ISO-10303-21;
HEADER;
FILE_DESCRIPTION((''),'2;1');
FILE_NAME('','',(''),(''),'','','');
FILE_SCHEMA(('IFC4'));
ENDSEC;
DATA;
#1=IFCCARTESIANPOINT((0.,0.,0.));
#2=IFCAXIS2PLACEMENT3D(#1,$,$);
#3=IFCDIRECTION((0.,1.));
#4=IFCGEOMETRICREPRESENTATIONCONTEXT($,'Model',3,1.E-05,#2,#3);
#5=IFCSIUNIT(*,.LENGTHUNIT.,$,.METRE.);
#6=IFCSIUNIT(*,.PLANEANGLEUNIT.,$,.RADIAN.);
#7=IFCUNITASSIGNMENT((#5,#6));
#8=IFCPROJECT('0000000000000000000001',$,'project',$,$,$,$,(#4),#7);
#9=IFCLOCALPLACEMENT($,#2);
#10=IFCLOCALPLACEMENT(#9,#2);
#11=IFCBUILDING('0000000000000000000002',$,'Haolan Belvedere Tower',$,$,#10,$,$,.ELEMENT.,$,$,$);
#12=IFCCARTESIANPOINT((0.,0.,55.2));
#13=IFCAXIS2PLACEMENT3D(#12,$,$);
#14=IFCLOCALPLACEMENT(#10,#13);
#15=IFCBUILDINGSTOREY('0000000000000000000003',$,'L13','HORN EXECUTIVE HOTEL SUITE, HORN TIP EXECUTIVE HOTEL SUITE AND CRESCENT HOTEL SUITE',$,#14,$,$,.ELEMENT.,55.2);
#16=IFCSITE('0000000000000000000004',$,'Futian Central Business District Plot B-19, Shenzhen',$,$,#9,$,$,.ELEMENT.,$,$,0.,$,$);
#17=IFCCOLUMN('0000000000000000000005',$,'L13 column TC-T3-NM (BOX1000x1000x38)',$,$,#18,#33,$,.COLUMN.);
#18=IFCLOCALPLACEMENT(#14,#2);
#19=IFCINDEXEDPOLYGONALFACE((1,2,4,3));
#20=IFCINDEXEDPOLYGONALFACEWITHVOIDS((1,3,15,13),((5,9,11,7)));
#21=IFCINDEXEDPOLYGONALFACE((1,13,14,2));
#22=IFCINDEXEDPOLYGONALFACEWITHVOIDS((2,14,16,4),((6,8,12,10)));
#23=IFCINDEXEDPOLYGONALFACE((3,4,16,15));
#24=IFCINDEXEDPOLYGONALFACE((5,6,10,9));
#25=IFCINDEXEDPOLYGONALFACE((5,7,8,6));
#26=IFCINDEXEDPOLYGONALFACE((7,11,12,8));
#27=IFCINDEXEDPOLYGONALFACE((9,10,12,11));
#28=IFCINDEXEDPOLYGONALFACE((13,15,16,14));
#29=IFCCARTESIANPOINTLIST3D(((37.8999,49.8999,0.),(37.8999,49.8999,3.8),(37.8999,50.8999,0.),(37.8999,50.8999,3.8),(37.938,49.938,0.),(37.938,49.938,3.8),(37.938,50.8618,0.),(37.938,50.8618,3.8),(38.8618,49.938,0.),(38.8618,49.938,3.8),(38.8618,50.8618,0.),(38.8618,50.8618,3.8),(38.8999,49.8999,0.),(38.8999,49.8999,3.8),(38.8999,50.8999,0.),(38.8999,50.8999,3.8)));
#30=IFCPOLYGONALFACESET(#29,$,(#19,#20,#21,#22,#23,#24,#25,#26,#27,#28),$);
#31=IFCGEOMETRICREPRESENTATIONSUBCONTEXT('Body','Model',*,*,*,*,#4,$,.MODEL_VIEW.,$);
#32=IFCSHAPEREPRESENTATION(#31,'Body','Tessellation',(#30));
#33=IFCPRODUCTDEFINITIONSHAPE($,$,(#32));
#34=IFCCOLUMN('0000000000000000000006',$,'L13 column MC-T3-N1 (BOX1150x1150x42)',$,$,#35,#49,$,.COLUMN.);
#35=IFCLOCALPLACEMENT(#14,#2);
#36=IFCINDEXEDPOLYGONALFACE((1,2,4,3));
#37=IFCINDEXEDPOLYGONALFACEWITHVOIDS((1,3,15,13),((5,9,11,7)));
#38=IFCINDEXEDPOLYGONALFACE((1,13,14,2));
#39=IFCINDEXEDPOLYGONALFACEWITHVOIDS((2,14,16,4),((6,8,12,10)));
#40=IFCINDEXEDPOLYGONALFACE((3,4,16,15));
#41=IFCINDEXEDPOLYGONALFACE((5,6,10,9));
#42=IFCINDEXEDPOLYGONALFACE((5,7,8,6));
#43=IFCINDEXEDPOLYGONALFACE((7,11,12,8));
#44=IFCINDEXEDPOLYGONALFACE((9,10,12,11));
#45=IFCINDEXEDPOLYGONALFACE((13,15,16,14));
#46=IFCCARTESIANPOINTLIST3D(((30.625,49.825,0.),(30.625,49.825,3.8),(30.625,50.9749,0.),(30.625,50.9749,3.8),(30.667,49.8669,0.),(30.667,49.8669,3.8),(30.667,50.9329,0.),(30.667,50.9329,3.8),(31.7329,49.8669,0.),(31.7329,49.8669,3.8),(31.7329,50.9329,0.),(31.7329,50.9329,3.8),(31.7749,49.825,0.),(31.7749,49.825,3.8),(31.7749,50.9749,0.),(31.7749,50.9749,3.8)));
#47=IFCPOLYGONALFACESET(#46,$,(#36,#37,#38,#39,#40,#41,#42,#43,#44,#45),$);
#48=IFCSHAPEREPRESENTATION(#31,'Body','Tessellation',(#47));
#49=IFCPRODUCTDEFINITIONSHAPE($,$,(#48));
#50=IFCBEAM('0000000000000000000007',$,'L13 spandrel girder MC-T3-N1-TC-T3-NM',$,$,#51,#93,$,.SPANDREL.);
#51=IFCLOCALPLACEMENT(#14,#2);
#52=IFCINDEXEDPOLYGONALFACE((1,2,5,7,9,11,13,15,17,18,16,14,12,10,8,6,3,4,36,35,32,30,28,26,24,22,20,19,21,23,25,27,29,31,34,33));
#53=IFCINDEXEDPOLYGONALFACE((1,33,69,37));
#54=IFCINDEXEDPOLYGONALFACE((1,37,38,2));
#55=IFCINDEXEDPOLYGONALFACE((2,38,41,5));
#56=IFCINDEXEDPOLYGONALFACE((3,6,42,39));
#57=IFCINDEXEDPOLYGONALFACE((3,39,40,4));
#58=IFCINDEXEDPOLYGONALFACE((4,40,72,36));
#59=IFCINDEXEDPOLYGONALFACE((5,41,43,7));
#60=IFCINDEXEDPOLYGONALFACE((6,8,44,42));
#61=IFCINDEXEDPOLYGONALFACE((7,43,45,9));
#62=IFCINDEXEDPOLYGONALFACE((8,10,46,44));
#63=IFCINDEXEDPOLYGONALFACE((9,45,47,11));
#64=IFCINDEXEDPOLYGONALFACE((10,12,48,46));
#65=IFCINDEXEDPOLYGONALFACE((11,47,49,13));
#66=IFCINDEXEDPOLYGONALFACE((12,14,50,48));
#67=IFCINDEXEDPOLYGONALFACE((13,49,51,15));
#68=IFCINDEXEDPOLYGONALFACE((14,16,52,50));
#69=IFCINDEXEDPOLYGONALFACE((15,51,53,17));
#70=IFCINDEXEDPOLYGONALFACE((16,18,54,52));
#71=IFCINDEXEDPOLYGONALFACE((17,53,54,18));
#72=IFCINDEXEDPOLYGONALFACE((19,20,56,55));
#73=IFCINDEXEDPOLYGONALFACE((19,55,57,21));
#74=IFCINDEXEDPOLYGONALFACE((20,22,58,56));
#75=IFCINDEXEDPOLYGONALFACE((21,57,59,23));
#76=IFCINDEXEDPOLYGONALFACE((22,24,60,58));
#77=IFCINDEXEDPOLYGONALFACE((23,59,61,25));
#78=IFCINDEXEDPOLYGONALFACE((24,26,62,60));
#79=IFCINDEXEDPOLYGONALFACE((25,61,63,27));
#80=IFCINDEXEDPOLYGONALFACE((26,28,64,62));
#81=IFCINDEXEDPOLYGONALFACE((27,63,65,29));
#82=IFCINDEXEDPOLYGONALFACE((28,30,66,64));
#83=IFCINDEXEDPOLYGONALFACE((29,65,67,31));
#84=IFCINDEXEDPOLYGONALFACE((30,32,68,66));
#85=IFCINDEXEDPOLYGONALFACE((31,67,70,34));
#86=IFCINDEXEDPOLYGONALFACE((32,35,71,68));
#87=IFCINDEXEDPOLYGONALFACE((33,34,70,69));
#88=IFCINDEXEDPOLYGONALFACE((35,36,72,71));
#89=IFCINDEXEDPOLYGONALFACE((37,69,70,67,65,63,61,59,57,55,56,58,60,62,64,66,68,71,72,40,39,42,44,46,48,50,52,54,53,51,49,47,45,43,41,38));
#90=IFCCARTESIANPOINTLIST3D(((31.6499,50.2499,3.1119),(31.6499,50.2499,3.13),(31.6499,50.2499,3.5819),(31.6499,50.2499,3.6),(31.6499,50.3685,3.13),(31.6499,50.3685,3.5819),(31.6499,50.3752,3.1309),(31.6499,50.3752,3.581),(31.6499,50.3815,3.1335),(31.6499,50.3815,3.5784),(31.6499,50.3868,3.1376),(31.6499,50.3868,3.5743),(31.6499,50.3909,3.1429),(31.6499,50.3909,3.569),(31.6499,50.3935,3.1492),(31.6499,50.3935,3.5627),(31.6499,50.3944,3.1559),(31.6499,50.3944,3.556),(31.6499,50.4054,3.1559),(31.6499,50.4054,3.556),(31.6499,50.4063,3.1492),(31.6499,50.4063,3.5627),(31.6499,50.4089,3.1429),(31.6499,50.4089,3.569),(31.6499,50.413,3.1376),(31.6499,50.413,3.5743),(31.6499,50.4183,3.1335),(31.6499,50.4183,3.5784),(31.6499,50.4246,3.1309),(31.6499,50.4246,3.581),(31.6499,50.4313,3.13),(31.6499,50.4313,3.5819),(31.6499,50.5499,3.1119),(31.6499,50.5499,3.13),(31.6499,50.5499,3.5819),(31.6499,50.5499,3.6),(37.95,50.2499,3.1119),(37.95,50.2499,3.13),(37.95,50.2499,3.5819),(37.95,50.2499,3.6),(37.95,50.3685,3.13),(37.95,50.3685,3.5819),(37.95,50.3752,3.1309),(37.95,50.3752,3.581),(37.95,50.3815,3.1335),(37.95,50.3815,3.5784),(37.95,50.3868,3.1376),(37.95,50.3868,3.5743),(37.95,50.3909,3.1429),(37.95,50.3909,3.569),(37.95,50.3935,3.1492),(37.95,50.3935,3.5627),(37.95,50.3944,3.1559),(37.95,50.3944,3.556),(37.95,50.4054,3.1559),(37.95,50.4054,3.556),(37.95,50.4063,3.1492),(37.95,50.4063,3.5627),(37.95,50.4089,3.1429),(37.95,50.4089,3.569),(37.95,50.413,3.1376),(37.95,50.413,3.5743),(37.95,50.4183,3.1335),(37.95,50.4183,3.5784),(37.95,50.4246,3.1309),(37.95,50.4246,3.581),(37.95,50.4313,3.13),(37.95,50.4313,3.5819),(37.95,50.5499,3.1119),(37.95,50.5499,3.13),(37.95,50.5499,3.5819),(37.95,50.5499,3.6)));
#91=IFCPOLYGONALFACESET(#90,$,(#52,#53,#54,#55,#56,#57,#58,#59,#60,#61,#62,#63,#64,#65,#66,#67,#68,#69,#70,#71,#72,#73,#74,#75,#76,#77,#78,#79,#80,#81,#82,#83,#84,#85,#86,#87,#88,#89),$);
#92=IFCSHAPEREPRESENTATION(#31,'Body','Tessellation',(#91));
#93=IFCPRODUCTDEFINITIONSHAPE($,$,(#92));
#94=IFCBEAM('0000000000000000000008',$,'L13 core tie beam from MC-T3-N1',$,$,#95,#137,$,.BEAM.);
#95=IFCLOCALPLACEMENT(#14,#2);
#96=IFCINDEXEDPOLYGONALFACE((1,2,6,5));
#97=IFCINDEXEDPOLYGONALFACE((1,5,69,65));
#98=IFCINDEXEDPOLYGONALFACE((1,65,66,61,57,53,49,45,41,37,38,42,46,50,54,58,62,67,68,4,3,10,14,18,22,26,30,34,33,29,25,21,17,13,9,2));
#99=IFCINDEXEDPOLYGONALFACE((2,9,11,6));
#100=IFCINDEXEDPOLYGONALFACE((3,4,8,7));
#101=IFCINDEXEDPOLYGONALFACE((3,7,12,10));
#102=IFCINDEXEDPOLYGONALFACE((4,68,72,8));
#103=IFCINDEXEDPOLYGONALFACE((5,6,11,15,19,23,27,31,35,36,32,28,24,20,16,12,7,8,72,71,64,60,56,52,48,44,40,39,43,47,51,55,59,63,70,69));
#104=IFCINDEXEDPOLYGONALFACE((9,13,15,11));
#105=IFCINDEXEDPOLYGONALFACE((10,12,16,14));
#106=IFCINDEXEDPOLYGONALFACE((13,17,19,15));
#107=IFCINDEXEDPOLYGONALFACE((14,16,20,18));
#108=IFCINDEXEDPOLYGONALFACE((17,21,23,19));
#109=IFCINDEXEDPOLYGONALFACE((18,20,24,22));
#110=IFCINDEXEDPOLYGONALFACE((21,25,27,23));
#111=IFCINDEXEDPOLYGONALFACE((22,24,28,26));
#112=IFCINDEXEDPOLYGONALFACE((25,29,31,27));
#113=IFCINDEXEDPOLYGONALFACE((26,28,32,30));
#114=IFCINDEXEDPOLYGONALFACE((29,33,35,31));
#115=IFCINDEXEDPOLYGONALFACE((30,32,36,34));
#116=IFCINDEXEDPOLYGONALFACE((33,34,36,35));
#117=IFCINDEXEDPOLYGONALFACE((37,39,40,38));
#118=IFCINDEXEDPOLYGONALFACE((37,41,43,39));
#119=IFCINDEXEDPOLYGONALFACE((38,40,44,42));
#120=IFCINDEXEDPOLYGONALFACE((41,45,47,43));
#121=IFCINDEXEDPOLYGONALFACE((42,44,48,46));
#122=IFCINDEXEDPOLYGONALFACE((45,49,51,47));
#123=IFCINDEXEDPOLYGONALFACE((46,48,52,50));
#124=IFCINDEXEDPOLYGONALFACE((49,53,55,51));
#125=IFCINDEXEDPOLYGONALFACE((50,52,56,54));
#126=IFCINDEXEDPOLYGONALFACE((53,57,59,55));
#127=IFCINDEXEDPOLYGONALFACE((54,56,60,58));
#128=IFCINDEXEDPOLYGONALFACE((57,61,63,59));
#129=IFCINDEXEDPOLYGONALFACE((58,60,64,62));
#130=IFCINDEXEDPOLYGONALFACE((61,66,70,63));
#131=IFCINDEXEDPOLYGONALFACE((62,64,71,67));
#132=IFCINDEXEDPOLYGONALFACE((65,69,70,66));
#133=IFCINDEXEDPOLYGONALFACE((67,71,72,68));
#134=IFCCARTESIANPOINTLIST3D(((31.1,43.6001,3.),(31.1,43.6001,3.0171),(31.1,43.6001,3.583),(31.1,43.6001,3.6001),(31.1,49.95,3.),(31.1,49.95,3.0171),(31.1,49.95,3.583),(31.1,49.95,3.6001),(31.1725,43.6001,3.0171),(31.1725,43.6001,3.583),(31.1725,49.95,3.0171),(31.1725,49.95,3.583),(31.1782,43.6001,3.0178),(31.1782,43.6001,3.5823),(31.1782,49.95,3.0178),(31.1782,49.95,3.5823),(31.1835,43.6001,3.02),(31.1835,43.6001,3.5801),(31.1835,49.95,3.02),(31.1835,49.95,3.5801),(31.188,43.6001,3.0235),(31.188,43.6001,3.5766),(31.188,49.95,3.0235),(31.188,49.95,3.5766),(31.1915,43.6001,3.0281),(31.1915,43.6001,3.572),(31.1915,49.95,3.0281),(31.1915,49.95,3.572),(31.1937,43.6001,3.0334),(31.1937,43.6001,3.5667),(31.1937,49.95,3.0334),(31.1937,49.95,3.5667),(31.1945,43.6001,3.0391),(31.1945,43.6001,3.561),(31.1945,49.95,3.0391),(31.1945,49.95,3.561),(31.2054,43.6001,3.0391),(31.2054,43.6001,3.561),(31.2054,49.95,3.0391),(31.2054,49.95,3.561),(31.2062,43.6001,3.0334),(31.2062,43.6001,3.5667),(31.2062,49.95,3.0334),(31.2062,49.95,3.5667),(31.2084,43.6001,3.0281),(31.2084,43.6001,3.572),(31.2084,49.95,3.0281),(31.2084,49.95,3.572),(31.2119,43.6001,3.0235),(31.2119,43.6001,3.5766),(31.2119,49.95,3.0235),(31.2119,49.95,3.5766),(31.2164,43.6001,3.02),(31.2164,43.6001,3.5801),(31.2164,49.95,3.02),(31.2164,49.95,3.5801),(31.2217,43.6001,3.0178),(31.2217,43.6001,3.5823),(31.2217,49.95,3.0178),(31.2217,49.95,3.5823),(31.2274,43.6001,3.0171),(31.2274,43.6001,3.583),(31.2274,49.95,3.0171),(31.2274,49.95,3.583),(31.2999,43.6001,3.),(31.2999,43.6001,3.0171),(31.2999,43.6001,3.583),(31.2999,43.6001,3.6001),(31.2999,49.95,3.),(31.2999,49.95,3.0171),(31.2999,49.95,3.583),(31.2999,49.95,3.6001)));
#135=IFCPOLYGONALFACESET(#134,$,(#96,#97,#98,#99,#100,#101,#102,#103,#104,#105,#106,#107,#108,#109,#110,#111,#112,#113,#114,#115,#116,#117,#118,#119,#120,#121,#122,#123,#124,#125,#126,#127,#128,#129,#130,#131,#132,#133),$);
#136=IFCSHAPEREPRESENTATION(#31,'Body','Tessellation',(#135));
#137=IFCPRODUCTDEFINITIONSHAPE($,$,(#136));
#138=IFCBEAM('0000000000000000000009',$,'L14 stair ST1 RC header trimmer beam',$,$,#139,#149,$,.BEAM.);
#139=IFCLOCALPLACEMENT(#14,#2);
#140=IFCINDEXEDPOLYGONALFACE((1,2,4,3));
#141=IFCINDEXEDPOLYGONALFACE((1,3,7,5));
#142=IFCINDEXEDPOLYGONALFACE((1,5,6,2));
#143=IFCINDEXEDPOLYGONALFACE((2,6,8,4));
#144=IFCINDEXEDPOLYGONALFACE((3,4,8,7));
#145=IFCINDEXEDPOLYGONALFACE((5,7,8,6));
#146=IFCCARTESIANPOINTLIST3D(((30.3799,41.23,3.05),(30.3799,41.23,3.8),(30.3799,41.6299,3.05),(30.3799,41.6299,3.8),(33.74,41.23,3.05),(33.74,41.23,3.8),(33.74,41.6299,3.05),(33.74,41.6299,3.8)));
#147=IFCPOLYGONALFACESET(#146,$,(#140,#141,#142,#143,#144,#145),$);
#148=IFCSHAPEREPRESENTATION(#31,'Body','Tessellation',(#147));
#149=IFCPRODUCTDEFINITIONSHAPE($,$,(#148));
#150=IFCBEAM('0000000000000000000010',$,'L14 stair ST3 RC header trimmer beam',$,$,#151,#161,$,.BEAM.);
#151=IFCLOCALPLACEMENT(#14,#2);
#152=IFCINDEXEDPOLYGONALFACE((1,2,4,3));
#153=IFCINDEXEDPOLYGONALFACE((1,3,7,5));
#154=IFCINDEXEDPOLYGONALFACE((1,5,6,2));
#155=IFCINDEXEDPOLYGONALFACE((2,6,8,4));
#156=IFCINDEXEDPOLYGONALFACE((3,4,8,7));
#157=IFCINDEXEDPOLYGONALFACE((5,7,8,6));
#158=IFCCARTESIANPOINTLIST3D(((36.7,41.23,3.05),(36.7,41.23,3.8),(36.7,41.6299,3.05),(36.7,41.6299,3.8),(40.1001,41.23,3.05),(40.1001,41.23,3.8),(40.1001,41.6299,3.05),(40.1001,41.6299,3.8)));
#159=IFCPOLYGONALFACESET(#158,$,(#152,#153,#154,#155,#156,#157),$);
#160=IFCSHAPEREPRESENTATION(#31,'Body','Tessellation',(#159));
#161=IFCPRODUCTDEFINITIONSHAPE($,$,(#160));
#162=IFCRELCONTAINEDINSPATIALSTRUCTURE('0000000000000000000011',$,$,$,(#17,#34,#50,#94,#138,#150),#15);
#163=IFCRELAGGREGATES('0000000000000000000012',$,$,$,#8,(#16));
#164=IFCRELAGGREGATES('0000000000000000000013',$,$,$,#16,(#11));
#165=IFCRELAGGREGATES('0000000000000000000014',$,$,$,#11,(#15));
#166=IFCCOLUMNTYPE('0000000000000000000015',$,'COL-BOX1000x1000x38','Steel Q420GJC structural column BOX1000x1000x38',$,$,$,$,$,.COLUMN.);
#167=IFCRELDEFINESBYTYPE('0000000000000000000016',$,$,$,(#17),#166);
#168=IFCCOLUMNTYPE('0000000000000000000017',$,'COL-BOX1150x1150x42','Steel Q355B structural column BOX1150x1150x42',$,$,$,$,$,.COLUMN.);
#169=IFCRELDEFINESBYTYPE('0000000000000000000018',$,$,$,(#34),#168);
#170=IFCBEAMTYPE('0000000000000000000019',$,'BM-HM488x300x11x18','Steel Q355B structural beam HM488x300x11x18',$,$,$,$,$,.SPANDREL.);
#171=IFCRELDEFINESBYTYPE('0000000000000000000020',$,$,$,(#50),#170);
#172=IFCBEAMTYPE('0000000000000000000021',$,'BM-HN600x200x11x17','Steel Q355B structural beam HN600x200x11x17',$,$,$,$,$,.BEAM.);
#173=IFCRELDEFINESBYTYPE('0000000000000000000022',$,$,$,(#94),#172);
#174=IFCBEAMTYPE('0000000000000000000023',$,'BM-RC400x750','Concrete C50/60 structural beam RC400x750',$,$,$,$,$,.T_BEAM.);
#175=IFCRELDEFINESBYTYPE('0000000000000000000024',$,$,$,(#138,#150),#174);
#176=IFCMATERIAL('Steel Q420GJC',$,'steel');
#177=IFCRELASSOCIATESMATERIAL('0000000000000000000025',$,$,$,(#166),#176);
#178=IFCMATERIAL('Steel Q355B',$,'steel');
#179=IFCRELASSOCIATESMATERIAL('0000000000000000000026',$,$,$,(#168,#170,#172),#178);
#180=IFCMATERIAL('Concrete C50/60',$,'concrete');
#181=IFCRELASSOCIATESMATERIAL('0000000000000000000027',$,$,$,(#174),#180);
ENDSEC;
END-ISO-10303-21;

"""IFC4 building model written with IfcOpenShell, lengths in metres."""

from ifc_helpers import new_model, si_unit, direction, frame, origin, origin_2d, place, context, subcontext, project, spatial, rectangle, hollow_rectangle, i_section, extrude, material, material_profile, profile_set, type_object, element, save


model = new_model("IFC4")

# Units and contexts
model_context = context("Model", 3, precision=1e-05, world=origin(), true_north=direction((0.0, 1.0)))
body_context = subcontext(model_context, "Body", "Model", "MODEL_VIEW")
ifc_project = project(units=[si_unit("LENGTHUNIT", "METRE"), si_unit("PLANEANGLEUNIT", "RADIAN")], contexts=[model_context])

# Site, building, storey
site_placement = place(None, origin())
site = spatial("IfcSite", under=ifc_project, at=site_placement, Name="Futian Central Business District Plot B-19, Shenzhen", CompositionType="ELEMENT", RefElevation=0.0)
building_placement = place(site_placement, origin())
building = spatial("IfcBuilding", under=site, at=building_placement, Name="Haolan Belvedere Tower", CompositionType="ELEMENT")
storey_placement = place(building_placement, frame((0.0, 0.0, 55.2)))
storey = spatial("IfcBuildingStorey", under=building, at=storey_placement, Name="L13", Description="HORN EXECUTIVE HOTEL SUITE, HORN TIP EXECUTIVE HOTEL SUITE AND CRESCENT HOTEL SUITE", CompositionType="ELEMENT", Elevation=55.2)

# Columns
ifc_material_1 = material(Name="Steel Q420GJC", Category="steel")
ifc_material_profile_1 = material_profile(ifc_material_1, hollow_rectangle(XDim=1.0, YDim=1.0, WallThickness=0.0381, at=origin_2d()), Name="Steel Q420GJC")
ifc_profile_set_1 = profile_set([ifc_material_profile_1], Name="Steel Q420GJC")
column_type_1 = type_object("IfcColumnType", Name="COL-BOX1000x1000x38", Description="Steel Q420GJC structural column BOX1000x1000x38", PredefinedType="COLUMN", material=ifc_profile_set_1)
column_1_placement = place(storey_placement, frame((38.3999, 50.3999, 0.0), z_axis=(0.0, 0.0, 1.0), x_axis=(1.0, 0.0, 0.0)))
element("IfcColumn", 1, at=column_1_placement, inside=storey, type_object=column_type_1, Name="L13 column TC-T3-NM (BOX1000x1000x38)", PredefinedType="COLUMN", context=body_context, shape_type="SweptSolid", body=[
    extrude(hollow_rectangle(XDim=1.0, YDim=1.0, WallThickness=0.0381, at=origin_2d()), origin(), (0.0, 0.0, 1.0), 3.8),
])
ifc_material_2 = material(Name="Steel Q355B", Category="steel")
ifc_material_profile_2 = material_profile(ifc_material_2, hollow_rectangle(XDim=1.1499, YDim=1.1499, WallThickness=0.042, at=origin_2d()), Name="Steel Q355B")
ifc_profile_set_2 = profile_set([ifc_material_profile_2], Name="Steel Q355B")
column_type_2 = type_object("IfcColumnType", Name="COL-BOX1150x1150x42", Description="Steel Q355B structural column BOX1150x1150x42", PredefinedType="COLUMN", material=ifc_profile_set_2)
column_2_placement = place(storey_placement, frame((31.2, 50.3999, 0.0), z_axis=(0.0, 0.0, 1.0), x_axis=(1.0, 0.0, 0.0)))
element("IfcColumn", 2, at=column_2_placement, inside=storey, type_object=column_type_2, Name="L13 column MC-T3-N1 (BOX1150x1150x42)", PredefinedType="COLUMN", context=body_context, shape_type="SweptSolid", body=[
    extrude(hollow_rectangle(XDim=1.1499, YDim=1.1499, WallThickness=0.042, at=origin_2d()), origin(), (0.0, 0.0, 1.0), 3.8),
])

# Beams
ifc_material_profile_3 = material_profile(ifc_material_2, i_section(OverallWidth=0.3, OverallDepth=0.488, WebThickness=0.011, FlangeThickness=0.0181, FilletRadius=0.0259, at=origin_2d()), Name="Steel Q355B")
ifc_profile_set_3 = profile_set([ifc_material_profile_3], Name="Steel Q355B")
beam_type_1 = type_object("IfcBeamType", Name="BM-HM488x300x11x18", Description="Steel Q355B structural beam HM488x300x11x18", PredefinedType="SPANDREL", material=ifc_profile_set_3)
beam_1_placement = place(storey_placement, frame((31.6499, 50.3999, 3.356), z_axis=(1.0, 0.0, 0.0), x_axis=(0.0, 1.0, 0.0)))
element("IfcBeam", 3, at=beam_1_placement, inside=storey, type_object=beam_type_1, Name="L13 spandrel girder MC-T3-N1-TC-T3-NM", PredefinedType="SPANDREL", context=body_context, shape_type="SweptSolid", body=[
    extrude(i_section(OverallWidth=0.3, OverallDepth=0.488, WebThickness=0.011, FlangeThickness=0.0181, FilletRadius=0.0259, at=origin_2d()), origin(), (0.0, 0.0, 1.0), 6.3),
])
ifc_material_profile_4 = material_profile(ifc_material_2, i_section(OverallWidth=0.2, OverallDepth=0.6001, WebThickness=0.011, FlangeThickness=0.0171, FilletRadius=0.022, at=origin_2d()), Name="Steel Q355B")
ifc_profile_set_4 = profile_set([ifc_material_profile_4], Name="Steel Q355B")
beam_type_2 = type_object("IfcBeamType", Name="BM-HN600x200x11x17", Description="Steel Q355B structural beam HN600x200x11x17", PredefinedType="BEAM", material=ifc_profile_set_4)
beam_2_placement = place(storey_placement, frame((31.2, 49.95, 3.3), z_axis=(0.0, -1.0, 0.0), x_axis=(1.0, 0.0, 0.0)))
element("IfcBeam", 4, at=beam_2_placement, inside=storey, type_object=beam_type_2, Name="L13 core tie beam from MC-T3-N1", PredefinedType="BEAM", context=body_context, shape_type="SweptSolid", body=[
    extrude(i_section(OverallWidth=0.2, OverallDepth=0.6001, WebThickness=0.011, FlangeThickness=0.0171, FilletRadius=0.022, at=origin_2d()), origin(), (0.0, 0.0, 1.0), 6.3499),
])
ifc_material_3 = material(Name="Concrete C50/60", Category="concrete")
ifc_material_profile_5 = material_profile(ifc_material_3, rectangle(XDim=0.3999, YDim=0.75, at=origin_2d()), Name="Concrete C50/60")
ifc_profile_set_5 = profile_set([ifc_material_profile_5], Name="Concrete C50/60")
beam_type_3 = type_object("IfcBeamType", Name="BM-RC400x750", Description="Concrete C50/60 structural beam RC400x750", PredefinedType="T_BEAM", material=ifc_profile_set_5)
beam_3_placement = place(storey_placement, frame((30.3799, 41.4299, 3.425), z_axis=(1.0, 0.0, 0.0), x_axis=(0.0, 1.0, 0.0)))
element("IfcBeam", 5, at=beam_3_placement, inside=storey, type_object=beam_type_3, Name="L14 stair ST1 RC header trimmer beam", PredefinedType="BEAM", context=body_context, shape_type="SweptSolid", body=[
    extrude(rectangle(XDim=0.3999, YDim=0.75, at=origin_2d()), origin(), (0.0, 0.0, 1.0), 3.3601),
])
beam_4_placement = place(storey_placement, frame((36.7, 41.4299, 3.425), z_axis=(1.0, 0.0, 0.0), x_axis=(0.0, 1.0, 0.0)))
element("IfcBeam", 6, at=beam_4_placement, inside=storey, type_object=beam_type_3, Name="L14 stair ST3 RC header trimmer beam", PredefinedType="BEAM", context=body_context, shape_type="SweptSolid", body=[
    extrude(rectangle(XDim=0.3999, YDim=0.75, at=origin_2d()), origin(), (0.0, 0.0, 1.0), 3.4001),
])

save(model, "model.ifc")
